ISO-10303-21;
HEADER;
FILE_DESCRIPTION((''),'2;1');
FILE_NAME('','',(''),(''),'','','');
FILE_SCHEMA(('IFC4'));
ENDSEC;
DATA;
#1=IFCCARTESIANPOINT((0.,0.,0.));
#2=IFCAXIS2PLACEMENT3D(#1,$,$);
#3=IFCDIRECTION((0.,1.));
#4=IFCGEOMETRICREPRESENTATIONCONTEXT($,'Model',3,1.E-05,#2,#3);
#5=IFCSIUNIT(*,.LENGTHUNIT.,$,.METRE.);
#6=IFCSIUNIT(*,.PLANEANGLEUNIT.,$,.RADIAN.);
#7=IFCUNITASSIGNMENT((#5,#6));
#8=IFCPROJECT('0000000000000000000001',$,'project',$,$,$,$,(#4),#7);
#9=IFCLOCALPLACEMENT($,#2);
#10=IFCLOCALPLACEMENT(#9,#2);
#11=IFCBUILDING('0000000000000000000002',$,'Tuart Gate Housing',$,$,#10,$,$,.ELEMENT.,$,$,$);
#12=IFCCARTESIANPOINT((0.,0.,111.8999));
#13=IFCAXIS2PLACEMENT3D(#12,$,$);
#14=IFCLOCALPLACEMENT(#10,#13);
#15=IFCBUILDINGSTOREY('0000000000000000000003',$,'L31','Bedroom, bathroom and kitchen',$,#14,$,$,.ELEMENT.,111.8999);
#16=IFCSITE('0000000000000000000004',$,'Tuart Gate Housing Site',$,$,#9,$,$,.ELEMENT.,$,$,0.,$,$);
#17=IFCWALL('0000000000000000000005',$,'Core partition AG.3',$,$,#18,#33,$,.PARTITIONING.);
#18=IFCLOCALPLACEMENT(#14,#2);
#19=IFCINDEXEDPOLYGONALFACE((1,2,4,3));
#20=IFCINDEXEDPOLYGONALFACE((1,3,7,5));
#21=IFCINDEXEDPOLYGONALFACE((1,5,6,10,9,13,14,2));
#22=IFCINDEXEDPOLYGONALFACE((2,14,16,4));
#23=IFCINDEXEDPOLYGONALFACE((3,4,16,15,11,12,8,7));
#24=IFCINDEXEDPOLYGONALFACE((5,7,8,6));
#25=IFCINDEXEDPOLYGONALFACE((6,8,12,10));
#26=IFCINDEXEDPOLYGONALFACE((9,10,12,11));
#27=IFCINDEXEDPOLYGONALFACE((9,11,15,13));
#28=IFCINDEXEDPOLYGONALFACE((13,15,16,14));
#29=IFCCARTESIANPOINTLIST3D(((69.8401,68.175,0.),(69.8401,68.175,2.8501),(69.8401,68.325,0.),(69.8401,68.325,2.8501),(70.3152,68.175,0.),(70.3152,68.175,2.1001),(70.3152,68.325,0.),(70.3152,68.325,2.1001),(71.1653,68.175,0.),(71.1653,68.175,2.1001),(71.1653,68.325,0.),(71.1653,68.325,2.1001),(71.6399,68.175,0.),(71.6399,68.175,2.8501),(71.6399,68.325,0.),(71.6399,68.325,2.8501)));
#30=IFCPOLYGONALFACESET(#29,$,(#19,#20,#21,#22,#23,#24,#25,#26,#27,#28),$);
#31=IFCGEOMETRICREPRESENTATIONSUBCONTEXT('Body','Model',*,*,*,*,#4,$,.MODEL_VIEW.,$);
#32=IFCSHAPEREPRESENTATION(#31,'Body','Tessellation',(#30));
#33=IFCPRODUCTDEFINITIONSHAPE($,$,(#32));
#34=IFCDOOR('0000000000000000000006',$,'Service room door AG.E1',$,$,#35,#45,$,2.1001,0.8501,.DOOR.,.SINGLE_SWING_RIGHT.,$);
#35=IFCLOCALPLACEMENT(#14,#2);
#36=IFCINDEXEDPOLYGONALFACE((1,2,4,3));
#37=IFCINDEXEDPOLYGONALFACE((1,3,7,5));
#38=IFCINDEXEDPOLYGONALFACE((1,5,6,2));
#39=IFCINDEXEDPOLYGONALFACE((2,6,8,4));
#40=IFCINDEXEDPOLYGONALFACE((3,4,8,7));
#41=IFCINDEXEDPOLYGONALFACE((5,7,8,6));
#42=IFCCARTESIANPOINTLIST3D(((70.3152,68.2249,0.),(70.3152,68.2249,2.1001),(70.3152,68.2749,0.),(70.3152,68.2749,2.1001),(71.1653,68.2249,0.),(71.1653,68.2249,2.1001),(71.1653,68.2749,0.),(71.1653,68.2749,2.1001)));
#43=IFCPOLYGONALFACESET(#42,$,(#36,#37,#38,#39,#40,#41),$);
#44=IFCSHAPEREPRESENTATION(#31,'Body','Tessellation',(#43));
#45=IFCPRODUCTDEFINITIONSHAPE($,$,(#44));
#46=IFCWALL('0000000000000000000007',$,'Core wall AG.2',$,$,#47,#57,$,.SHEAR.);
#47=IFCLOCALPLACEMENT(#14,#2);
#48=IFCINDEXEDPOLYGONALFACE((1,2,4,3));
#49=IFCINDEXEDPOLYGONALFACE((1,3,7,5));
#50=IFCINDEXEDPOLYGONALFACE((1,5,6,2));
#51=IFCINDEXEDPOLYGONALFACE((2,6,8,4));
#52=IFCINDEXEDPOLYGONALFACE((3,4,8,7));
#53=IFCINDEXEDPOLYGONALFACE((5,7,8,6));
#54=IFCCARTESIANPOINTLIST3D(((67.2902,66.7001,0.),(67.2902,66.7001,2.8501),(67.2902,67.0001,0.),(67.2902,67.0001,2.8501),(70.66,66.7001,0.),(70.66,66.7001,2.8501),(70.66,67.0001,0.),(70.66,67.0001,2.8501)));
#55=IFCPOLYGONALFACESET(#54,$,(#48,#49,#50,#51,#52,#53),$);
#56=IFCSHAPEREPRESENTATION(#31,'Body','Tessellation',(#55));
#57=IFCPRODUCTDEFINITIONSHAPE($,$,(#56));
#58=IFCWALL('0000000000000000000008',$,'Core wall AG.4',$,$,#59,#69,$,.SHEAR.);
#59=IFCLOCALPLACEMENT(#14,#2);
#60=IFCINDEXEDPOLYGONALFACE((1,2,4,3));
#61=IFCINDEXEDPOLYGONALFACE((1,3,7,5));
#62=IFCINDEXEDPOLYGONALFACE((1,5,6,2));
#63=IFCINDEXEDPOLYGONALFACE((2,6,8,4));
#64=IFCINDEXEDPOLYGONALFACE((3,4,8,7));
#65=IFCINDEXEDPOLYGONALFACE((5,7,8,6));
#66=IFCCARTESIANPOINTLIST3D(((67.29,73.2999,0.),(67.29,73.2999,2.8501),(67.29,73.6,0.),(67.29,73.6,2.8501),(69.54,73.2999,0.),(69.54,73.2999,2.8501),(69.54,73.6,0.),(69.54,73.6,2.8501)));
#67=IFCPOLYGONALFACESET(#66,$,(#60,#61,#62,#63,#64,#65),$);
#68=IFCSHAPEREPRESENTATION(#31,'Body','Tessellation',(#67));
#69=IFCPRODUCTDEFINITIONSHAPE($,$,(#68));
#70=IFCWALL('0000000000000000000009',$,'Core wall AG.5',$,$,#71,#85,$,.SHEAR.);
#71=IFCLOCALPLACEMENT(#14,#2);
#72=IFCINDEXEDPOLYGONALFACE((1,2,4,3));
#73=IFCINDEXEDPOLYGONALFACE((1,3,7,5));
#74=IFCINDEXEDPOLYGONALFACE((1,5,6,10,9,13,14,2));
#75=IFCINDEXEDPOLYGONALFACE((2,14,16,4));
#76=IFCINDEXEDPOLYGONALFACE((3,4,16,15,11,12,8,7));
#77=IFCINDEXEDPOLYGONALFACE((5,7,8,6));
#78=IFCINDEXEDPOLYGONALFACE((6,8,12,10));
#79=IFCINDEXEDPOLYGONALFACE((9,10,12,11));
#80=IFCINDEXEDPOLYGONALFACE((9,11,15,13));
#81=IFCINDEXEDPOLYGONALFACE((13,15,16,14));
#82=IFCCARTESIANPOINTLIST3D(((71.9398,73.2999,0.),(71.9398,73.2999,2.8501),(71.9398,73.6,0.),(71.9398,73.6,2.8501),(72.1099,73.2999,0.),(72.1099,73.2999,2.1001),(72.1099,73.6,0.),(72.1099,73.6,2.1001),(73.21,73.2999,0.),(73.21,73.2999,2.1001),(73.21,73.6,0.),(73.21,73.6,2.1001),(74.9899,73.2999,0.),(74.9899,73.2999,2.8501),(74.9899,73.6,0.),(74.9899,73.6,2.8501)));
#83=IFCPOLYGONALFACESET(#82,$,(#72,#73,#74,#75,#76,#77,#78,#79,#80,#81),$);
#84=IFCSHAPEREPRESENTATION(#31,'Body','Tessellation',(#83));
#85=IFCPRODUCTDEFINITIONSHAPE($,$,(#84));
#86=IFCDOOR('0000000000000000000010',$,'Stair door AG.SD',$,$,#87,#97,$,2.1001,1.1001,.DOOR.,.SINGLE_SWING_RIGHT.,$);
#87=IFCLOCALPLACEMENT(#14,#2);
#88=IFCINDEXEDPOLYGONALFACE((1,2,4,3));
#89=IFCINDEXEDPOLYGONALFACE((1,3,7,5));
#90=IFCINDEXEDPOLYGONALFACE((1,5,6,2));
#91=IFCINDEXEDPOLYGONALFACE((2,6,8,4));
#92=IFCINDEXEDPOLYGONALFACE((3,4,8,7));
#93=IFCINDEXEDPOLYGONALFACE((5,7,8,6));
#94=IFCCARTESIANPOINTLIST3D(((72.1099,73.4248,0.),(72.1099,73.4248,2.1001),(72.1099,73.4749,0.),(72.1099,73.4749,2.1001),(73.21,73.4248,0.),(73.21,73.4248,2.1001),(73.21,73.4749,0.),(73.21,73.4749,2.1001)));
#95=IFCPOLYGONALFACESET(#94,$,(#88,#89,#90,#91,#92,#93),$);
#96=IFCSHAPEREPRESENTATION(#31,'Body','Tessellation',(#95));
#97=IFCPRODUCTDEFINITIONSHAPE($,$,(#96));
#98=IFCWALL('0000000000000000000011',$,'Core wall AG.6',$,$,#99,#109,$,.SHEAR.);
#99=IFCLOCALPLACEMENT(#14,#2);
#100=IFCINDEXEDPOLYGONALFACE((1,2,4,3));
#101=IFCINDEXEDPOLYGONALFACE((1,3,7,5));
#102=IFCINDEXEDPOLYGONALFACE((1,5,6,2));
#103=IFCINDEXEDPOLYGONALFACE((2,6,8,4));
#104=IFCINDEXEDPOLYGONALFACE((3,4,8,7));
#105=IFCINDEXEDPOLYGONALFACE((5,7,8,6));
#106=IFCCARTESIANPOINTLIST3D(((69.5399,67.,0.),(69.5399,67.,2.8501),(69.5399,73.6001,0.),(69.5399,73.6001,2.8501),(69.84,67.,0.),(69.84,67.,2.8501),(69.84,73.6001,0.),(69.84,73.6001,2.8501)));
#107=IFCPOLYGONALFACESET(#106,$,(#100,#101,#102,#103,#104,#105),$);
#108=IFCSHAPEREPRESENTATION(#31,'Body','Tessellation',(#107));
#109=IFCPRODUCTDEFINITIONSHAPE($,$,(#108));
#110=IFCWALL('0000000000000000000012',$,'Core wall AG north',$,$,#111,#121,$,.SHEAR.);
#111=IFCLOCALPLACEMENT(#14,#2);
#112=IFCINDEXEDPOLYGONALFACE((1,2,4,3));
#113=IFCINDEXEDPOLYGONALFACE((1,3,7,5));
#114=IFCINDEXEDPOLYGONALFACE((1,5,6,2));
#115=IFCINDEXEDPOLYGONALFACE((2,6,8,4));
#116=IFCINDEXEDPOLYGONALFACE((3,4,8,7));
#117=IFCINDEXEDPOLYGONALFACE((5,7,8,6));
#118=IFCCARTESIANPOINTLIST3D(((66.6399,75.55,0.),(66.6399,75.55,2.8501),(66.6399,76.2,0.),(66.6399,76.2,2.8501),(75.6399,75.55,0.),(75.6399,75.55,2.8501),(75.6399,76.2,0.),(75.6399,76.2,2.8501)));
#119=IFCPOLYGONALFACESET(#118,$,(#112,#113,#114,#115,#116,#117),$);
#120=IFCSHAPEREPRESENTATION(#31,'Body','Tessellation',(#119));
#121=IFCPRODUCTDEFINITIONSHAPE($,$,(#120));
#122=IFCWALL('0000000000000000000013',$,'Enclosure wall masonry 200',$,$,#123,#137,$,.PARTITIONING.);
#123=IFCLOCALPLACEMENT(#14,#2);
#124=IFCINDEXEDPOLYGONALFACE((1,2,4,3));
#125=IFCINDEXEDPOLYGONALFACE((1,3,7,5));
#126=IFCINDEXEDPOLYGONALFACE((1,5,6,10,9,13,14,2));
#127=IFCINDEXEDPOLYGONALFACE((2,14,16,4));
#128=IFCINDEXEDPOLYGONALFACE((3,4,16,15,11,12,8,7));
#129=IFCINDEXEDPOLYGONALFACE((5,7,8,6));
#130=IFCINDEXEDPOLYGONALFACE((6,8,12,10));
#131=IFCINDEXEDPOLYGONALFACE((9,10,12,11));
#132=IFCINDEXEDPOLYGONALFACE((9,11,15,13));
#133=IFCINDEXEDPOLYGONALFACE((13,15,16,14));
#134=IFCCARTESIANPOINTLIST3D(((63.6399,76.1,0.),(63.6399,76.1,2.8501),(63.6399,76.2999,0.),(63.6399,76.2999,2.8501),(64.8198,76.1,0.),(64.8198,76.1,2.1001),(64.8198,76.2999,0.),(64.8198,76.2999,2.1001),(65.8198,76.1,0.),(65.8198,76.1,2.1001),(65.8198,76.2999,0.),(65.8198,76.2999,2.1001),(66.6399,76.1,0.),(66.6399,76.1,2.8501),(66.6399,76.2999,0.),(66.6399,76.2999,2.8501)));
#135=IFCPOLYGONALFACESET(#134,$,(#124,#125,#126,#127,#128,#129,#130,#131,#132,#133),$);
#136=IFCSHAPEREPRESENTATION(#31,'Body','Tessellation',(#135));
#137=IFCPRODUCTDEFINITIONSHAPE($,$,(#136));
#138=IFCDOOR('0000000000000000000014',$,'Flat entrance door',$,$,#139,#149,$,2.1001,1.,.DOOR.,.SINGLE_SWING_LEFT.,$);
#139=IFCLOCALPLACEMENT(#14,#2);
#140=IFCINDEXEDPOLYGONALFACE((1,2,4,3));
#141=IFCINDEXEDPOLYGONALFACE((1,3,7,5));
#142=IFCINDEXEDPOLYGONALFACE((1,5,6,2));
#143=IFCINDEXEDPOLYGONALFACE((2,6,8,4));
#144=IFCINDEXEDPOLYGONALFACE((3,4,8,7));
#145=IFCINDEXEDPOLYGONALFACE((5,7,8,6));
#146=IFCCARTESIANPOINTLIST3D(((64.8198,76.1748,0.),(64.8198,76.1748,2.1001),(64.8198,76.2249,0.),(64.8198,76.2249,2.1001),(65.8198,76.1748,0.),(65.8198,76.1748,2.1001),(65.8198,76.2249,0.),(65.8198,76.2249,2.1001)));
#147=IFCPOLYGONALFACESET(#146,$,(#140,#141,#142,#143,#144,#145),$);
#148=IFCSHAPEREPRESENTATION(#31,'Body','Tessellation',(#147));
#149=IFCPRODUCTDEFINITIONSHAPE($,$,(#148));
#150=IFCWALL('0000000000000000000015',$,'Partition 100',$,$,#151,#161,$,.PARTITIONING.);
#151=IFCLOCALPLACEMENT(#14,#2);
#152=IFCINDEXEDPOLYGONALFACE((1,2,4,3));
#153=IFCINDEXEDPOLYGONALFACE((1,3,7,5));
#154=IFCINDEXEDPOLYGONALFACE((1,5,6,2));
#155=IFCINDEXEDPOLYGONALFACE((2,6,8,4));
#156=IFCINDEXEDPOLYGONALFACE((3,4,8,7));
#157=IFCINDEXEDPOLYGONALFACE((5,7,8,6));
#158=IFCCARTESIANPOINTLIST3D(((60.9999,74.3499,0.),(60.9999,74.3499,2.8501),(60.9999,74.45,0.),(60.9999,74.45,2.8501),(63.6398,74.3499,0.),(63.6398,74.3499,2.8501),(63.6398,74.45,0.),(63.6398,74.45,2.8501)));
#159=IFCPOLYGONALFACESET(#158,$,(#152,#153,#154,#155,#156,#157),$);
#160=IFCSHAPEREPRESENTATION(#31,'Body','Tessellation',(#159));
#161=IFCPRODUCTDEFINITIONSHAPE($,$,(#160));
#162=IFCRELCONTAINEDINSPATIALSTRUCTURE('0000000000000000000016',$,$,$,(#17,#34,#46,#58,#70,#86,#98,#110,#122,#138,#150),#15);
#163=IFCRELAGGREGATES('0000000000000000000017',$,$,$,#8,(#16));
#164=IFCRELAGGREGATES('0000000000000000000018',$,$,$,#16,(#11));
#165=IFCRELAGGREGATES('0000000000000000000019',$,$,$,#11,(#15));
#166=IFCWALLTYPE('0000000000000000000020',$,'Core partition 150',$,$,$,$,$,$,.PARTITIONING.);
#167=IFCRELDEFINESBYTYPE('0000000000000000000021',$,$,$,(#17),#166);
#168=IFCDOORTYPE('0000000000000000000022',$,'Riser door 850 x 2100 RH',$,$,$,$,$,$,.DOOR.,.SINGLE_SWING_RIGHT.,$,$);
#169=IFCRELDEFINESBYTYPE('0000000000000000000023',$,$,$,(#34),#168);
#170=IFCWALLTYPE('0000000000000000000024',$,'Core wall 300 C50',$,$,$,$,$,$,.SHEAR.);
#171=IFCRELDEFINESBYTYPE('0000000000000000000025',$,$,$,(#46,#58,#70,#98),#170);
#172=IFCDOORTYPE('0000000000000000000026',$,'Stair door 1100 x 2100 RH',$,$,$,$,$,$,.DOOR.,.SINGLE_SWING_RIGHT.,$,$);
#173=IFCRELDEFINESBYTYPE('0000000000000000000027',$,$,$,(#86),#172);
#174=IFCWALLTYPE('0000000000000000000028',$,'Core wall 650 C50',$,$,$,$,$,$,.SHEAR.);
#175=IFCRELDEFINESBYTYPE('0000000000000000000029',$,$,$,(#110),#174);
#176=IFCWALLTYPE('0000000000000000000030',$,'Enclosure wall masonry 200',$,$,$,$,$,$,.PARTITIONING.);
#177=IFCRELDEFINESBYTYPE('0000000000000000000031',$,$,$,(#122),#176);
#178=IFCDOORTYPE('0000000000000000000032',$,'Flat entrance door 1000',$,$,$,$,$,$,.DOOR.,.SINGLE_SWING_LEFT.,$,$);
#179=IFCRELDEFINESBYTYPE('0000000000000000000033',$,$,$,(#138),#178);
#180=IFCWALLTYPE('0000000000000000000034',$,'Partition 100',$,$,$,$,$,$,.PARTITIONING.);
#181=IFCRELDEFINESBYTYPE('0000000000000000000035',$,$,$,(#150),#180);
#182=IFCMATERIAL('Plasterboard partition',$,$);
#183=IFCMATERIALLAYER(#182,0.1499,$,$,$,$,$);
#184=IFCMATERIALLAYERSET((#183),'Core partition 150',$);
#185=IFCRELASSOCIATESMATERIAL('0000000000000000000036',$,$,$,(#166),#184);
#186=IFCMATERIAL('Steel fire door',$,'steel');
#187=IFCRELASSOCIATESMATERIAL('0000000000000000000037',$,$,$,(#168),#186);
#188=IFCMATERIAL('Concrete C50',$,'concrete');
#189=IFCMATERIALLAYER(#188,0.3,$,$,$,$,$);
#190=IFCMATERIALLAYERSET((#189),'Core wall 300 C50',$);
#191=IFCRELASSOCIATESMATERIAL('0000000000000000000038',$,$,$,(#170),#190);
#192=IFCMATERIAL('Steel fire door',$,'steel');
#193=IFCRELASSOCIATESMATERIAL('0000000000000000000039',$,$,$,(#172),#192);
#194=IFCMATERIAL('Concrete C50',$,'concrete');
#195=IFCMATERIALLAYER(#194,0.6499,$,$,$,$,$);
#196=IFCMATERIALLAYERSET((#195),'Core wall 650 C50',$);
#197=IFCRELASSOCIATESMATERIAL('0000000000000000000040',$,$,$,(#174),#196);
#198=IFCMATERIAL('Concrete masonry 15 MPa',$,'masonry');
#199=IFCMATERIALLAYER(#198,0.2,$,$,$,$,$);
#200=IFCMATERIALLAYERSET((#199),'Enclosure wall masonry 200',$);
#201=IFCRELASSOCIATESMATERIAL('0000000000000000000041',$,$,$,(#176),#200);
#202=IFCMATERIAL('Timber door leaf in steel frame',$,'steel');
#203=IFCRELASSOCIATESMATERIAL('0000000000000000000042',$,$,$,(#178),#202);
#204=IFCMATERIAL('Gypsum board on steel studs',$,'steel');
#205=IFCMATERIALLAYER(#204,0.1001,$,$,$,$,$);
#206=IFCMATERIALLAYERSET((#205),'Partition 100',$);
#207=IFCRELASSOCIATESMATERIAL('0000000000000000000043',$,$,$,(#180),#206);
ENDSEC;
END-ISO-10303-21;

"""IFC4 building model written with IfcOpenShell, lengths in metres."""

from ifc_helpers import new_model, si_unit, direction, frame, frame_2d, origin, place, context, subcontext, project, spatial, rectangle, extrude, material, layer, layer_set, type_object, element, fill, save


model = new_model("IFC4")

# Units and contexts
model_context = context("Model", 3, precision=1e-05, world=origin(), true_north=direction((0.0, 1.0)))
body_context = subcontext(model_context, "Body", "Model", "MODEL_VIEW")
ifc_project = project(units=[si_unit("LENGTHUNIT", "METRE"), si_unit("PLANEANGLEUNIT", "RADIAN")], contexts=[model_context])

# Site, building, storey
site_placement = place(None, origin())
site = spatial("IfcSite", under=ifc_project, at=site_placement, Name="Tuart Gate Housing Site", CompositionType="ELEMENT", RefElevation=0.0)
building_placement = place(site_placement, origin())
building = spatial("IfcBuilding", under=site, at=building_placement, Name="Tuart Gate Housing", CompositionType="ELEMENT")
storey_placement = place(building_placement, frame((0.0, 0.0, 111.8999)))
storey = spatial("IfcBuildingStorey", under=building, at=storey_placement, Name="L31", Description="Bedroom, bathroom and kitchen", CompositionType="ELEMENT", Elevation=111.8999)

# Wall, opening, door
ifc_material_1 = material(Name="Plasterboard partition")
ifc_layer_1 = layer(ifc_material_1, 0.1499)
ifc_layer_set_1 = layer_set([ifc_layer_1], Name="Core partition 150")
wall_type_1 = type_object("IfcWallType", Name="Core partition 150", PredefinedType="PARTITIONING", material=ifc_layer_set_1)
wall_1_placement = place(storey_placement, frame((69.8401, 68.25, 0.0), z_axis=(0.0, 0.0, 1.0), x_axis=(1.0, 0.0, 0.0)))
wall_1 = element("IfcWall", 1, at=wall_1_placement, inside=storey, type_object=wall_type_1, Name="Core partition AG.3", PredefinedType="PARTITIONING", context=body_context, shape_type="SweptSolid", body=[
    extrude(rectangle(XDim=1.7998, YDim=0.1499, at=frame_2d((0.8999, 0.0))), origin(), (0.0, 0.0, 1.0), 2.8501),
])
opening_1_placement = place(wall_1_placement, frame((0.4751, 0.0, 0.0)))
opening_1 = element("IfcOpeningElement", 2, at=opening_1_placement, cuts=wall_1, PredefinedType="OPENING", context=body_context, shape_type="SweptSolid", body=[
    extrude(rectangle(XDim=0.8501, YDim=2.1001, at=frame_2d((0.425, 1.05))), frame((0.0, 0.085, 0.0), z_axis=(0.0, -1.0, 0.0), x_axis=(1.0, 0.0, 0.0)), (0.0, 0.0, 1.0), 0.1699),
])
ifc_material_2 = material(Name="Steel fire door", Category="steel")
door_type_1 = type_object("IfcDoorType", Name="Riser door 850 x 2100 RH", OperationType="SINGLE_SWING_RIGHT", PredefinedType="DOOR", material=ifc_material_2)
door_1_placement = place(opening_1_placement, frame((0.8501, 0.0, 0.0), z_axis=(0.0, 0.0, 1.0), x_axis=(-1.0, 0.0, 0.0)))
door_1 = element("IfcDoor", 3, at=door_1_placement, inside=storey, type_object=door_type_1, Name="Service room door AG.E1", OperationType="SINGLE_SWING_RIGHT", OverallHeight=2.1001, OverallWidth=0.8501, PredefinedType="DOOR", context=body_context, shape_type="SweptSolid", body=[
    extrude(rectangle(XDim=0.8501, YDim=2.1001, at=frame_2d((0.425, 1.05))), frame((0.0, 0.0251, 0.0), z_axis=(0.0, -1.0, 0.0), x_axis=(1.0, 0.0, 0.0)), (0.0, 0.0, 1.0), 0.05),
])
fill(opening_1, door_1)

# Walls
ifc_material_3 = material(Name="Concrete C50", Category="concrete")
ifc_layer_2 = layer(ifc_material_3, 0.3)
ifc_layer_set_2 = layer_set([ifc_layer_2], Name="Core wall 300 C50")
wall_type_2 = type_object("IfcWallType", Name="Core wall 300 C50", PredefinedType="SHEAR", material=ifc_layer_set_2)
wall_2_placement = place(storey_placement, frame((67.29, 66.8501, 0.0), z_axis=(0.0, 0.0, 1.0), x_axis=(1.0, 0.0, 0.0)))
element("IfcWall", 4, at=wall_2_placement, inside=storey, type_object=wall_type_2, Name="Core wall AG.2", PredefinedType="SHEAR", context=body_context, shape_type="SweptSolid", body=[
    extrude(rectangle(XDim=3.3699, YDim=0.3, at=frame_2d((1.6851, 0.0))), origin(), (0.0, 0.0, 1.0), 2.8501),
])
wall_3_placement = place(storey_placement, frame((67.29, 73.45, 0.0), z_axis=(0.0, 0.0, 1.0), x_axis=(1.0, 0.0, 0.0)))
element("IfcWall", 5, at=wall_3_placement, inside=storey, type_object=wall_type_2, Name="Core wall AG.4", PredefinedType="SHEAR", context=body_context, shape_type="SweptSolid", body=[
    extrude(rectangle(XDim=2.25, YDim=0.3, at=frame_2d((1.125, 0.0))), origin(), (0.0, 0.0, 1.0), 2.8501),
])

# Wall, opening, door
wall_4_placement = place(storey_placement, frame((71.9399, 73.45, 0.0), z_axis=(0.0, 0.0, 1.0), x_axis=(1.0, 0.0, 0.0)))
wall_4 = element("IfcWall", 6, at=wall_4_placement, inside=storey, type_object=wall_type_2, Name="Core wall AG.5", PredefinedType="SHEAR", context=body_context, shape_type="SweptSolid", body=[
    extrude(rectangle(XDim=3.05, YDim=0.3, at=frame_2d((1.5249, 0.0))), origin(), (0.0, 0.0, 1.0), 2.8501),
])
opening_2_placement = place(wall_4_placement, frame((0.1699, 0.0, 0.0)))
opening_2 = element("IfcOpeningElement", 7, at=opening_2_placement, cuts=wall_4, PredefinedType="OPENING", context=body_context, shape_type="SweptSolid", body=[
    extrude(rectangle(XDim=1.1001, YDim=2.1001, at=frame_2d((0.55, 1.05))), frame((0.0, 0.1599, 0.0), z_axis=(0.0, -1.0, 0.0), x_axis=(1.0, 0.0, 0.0)), (0.0, 0.0, 1.0), 0.3201),
])
ifc_material_4 = material(Name="Steel fire door", Category="steel")
door_type_2 = type_object("IfcDoorType", Name="Stair door 1100 x 2100 RH", OperationType="SINGLE_SWING_RIGHT", PredefinedType="DOOR", material=ifc_material_4)
door_2_placement = place(opening_2_placement, frame((1.1001, 0.0, 0.0), z_axis=(0.0, 0.0, 1.0), x_axis=(-1.0, 0.0, 0.0)))
door_2 = element("IfcDoor", 8, at=door_2_placement, inside=storey, type_object=door_type_2, Name="Stair door AG.SD", OperationType="SINGLE_SWING_RIGHT", OverallHeight=2.1001, OverallWidth=1.1001, PredefinedType="DOOR", context=body_context, shape_type="SweptSolid", body=[
    extrude(rectangle(XDim=1.1001, YDim=2.1001, at=frame_2d((0.55, 1.05))), frame((0.0, 0.0251, 0.0), z_axis=(0.0, -1.0, 0.0), x_axis=(1.0, 0.0, 0.0)), (0.0, 0.0, 1.0), 0.05),
])
fill(opening_2, door_2)

# Walls
wall_5_placement = place(storey_placement, frame((69.6899, 67.0, 0.0), z_axis=(0.0, 0.0, 1.0), x_axis=(0.0, 1.0, 0.0)))
element("IfcWall", 9, at=wall_5_placement, inside=storey, type_object=wall_type_2, Name="Core wall AG.6", PredefinedType="SHEAR", context=body_context, shape_type="SweptSolid", body=[
    extrude(rectangle(XDim=6.6001, YDim=0.3, at=frame_2d((3.3, 0.0))), origin(), (0.0, 0.0, 1.0), 2.8501),
])
ifc_material_5 = material(Name="Concrete C50", Category="concrete")
ifc_layer_3 = layer(ifc_material_5, 0.6499)
ifc_layer_set_3 = layer_set([ifc_layer_3], Name="Core wall 650 C50")
wall_type_3 = type_object("IfcWallType", Name="Core wall 650 C50", PredefinedType="SHEAR", material=ifc_layer_set_3)
wall_6_placement = place(storey_placement, frame((66.6399, 75.875, 0.0), z_axis=(0.0, 0.0, 1.0), x_axis=(1.0, 0.0, 0.0)))
element("IfcWall", 10, at=wall_6_placement, inside=storey, type_object=wall_type_3, Name="Core wall AG north", PredefinedType="SHEAR", context=body_context, shape_type="SweptSolid", body=[
    extrude(rectangle(XDim=9.0, YDim=0.6499, at=frame_2d((4.5, 0.0))), origin(), (0.0, 0.0, 1.0), 2.8501),
])

# Wall, opening, door
ifc_material_6 = material(Name="Concrete masonry 15 MPa", Category="masonry")
ifc_layer_4 = layer(ifc_material_6, 0.2)
ifc_layer_set_4 = layer_set([ifc_layer_4], Name="Enclosure wall masonry 200")
wall_type_4 = type_object("IfcWallType", Name="Enclosure wall masonry 200", PredefinedType="PARTITIONING", material=ifc_layer_set_4)
wall_7_placement = place(storey_placement, frame((63.6399, 76.2, 0.0), z_axis=(0.0, 0.0, 1.0), x_axis=(1.0, 0.0, 0.0)))
wall_7 = element("IfcWall", 11, at=wall_7_placement, inside=storey, type_object=wall_type_4, Name="Enclosure wall masonry 200", PredefinedType="PARTITIONING", context=body_context, shape_type="SweptSolid", body=[
    extrude(rectangle(XDim=3.0, YDim=0.2, at=frame_2d((1.5, 0.0))), origin(), (0.0, 0.0, 1.0), 2.8501),
])
opening_3_placement = place(wall_7_placement, frame((1.1799, 0.0, 0.0)))
opening_3 = element("IfcOpeningElement", 12, at=opening_3_placement, cuts=wall_7, PredefinedType="OPENING", context=body_context, shape_type="SweptSolid", body=[
    extrude(rectangle(XDim=1.0, YDim=2.1001, at=frame_2d((0.5, 1.05))), frame((0.0, 0.1099, 0.0), z_axis=(0.0, -1.0, 0.0), x_axis=(1.0, 0.0, 0.0)), (0.0, 0.0, 1.0), 0.22),
])
ifc_material_7 = material(Name="Timber door leaf in steel frame", Category="steel")
door_type_3 = type_object("IfcDoorType", Name="Flat entrance door 1000", OperationType="SINGLE_SWING_LEFT", PredefinedType="DOOR", material=ifc_material_7)
door_3_placement = place(opening_3_placement, origin())
door_3 = element("IfcDoor", 13, at=door_3_placement, inside=storey, type_object=door_type_3, Name="Flat entrance door", OperationType="SINGLE_SWING_LEFT", OverallHeight=2.1001, OverallWidth=1.0, PredefinedType="DOOR", context=body_context, shape_type="SweptSolid", body=[
    extrude(rectangle(XDim=1.0, YDim=2.1001, at=frame_2d((0.5, 1.05))), frame((0.0, 0.0249, 0.0), z_axis=(0.0, -1.0, 0.0), x_axis=(1.0, 0.0, 0.0)), (0.0, 0.0, 1.0), 0.05),
])
fill(opening_3, door_3)

# Wall
ifc_material_8 = material(Name="Gypsum board on steel studs", Category="steel")
ifc_layer_5 = layer(ifc_material_8, 0.1001)
ifc_layer_set_5 = layer_set([ifc_layer_5], Name="Partition 100")
wall_type_5 = type_object("IfcWallType", Name="Partition 100", PredefinedType="PARTITIONING", material=ifc_layer_set_5)
wall_8_placement = place(storey_placement, frame((61.0, 74.3999, 0.0), z_axis=(0.0, 0.0, 1.0), x_axis=(1.0, 0.0, 0.0)))
element("IfcWall", 14, at=wall_8_placement, inside=storey, type_object=wall_type_5, Name="Partition 100", PredefinedType="PARTITIONING", context=body_context, shape_type="SweptSolid", body=[
    extrude(rectangle(XDim=2.6399, YDim=0.1001, at=frame_2d((1.3198, 0.0))), origin(), (0.0, 0.0, 1.0), 2.8501),
])

save(model, "model.ifc")
